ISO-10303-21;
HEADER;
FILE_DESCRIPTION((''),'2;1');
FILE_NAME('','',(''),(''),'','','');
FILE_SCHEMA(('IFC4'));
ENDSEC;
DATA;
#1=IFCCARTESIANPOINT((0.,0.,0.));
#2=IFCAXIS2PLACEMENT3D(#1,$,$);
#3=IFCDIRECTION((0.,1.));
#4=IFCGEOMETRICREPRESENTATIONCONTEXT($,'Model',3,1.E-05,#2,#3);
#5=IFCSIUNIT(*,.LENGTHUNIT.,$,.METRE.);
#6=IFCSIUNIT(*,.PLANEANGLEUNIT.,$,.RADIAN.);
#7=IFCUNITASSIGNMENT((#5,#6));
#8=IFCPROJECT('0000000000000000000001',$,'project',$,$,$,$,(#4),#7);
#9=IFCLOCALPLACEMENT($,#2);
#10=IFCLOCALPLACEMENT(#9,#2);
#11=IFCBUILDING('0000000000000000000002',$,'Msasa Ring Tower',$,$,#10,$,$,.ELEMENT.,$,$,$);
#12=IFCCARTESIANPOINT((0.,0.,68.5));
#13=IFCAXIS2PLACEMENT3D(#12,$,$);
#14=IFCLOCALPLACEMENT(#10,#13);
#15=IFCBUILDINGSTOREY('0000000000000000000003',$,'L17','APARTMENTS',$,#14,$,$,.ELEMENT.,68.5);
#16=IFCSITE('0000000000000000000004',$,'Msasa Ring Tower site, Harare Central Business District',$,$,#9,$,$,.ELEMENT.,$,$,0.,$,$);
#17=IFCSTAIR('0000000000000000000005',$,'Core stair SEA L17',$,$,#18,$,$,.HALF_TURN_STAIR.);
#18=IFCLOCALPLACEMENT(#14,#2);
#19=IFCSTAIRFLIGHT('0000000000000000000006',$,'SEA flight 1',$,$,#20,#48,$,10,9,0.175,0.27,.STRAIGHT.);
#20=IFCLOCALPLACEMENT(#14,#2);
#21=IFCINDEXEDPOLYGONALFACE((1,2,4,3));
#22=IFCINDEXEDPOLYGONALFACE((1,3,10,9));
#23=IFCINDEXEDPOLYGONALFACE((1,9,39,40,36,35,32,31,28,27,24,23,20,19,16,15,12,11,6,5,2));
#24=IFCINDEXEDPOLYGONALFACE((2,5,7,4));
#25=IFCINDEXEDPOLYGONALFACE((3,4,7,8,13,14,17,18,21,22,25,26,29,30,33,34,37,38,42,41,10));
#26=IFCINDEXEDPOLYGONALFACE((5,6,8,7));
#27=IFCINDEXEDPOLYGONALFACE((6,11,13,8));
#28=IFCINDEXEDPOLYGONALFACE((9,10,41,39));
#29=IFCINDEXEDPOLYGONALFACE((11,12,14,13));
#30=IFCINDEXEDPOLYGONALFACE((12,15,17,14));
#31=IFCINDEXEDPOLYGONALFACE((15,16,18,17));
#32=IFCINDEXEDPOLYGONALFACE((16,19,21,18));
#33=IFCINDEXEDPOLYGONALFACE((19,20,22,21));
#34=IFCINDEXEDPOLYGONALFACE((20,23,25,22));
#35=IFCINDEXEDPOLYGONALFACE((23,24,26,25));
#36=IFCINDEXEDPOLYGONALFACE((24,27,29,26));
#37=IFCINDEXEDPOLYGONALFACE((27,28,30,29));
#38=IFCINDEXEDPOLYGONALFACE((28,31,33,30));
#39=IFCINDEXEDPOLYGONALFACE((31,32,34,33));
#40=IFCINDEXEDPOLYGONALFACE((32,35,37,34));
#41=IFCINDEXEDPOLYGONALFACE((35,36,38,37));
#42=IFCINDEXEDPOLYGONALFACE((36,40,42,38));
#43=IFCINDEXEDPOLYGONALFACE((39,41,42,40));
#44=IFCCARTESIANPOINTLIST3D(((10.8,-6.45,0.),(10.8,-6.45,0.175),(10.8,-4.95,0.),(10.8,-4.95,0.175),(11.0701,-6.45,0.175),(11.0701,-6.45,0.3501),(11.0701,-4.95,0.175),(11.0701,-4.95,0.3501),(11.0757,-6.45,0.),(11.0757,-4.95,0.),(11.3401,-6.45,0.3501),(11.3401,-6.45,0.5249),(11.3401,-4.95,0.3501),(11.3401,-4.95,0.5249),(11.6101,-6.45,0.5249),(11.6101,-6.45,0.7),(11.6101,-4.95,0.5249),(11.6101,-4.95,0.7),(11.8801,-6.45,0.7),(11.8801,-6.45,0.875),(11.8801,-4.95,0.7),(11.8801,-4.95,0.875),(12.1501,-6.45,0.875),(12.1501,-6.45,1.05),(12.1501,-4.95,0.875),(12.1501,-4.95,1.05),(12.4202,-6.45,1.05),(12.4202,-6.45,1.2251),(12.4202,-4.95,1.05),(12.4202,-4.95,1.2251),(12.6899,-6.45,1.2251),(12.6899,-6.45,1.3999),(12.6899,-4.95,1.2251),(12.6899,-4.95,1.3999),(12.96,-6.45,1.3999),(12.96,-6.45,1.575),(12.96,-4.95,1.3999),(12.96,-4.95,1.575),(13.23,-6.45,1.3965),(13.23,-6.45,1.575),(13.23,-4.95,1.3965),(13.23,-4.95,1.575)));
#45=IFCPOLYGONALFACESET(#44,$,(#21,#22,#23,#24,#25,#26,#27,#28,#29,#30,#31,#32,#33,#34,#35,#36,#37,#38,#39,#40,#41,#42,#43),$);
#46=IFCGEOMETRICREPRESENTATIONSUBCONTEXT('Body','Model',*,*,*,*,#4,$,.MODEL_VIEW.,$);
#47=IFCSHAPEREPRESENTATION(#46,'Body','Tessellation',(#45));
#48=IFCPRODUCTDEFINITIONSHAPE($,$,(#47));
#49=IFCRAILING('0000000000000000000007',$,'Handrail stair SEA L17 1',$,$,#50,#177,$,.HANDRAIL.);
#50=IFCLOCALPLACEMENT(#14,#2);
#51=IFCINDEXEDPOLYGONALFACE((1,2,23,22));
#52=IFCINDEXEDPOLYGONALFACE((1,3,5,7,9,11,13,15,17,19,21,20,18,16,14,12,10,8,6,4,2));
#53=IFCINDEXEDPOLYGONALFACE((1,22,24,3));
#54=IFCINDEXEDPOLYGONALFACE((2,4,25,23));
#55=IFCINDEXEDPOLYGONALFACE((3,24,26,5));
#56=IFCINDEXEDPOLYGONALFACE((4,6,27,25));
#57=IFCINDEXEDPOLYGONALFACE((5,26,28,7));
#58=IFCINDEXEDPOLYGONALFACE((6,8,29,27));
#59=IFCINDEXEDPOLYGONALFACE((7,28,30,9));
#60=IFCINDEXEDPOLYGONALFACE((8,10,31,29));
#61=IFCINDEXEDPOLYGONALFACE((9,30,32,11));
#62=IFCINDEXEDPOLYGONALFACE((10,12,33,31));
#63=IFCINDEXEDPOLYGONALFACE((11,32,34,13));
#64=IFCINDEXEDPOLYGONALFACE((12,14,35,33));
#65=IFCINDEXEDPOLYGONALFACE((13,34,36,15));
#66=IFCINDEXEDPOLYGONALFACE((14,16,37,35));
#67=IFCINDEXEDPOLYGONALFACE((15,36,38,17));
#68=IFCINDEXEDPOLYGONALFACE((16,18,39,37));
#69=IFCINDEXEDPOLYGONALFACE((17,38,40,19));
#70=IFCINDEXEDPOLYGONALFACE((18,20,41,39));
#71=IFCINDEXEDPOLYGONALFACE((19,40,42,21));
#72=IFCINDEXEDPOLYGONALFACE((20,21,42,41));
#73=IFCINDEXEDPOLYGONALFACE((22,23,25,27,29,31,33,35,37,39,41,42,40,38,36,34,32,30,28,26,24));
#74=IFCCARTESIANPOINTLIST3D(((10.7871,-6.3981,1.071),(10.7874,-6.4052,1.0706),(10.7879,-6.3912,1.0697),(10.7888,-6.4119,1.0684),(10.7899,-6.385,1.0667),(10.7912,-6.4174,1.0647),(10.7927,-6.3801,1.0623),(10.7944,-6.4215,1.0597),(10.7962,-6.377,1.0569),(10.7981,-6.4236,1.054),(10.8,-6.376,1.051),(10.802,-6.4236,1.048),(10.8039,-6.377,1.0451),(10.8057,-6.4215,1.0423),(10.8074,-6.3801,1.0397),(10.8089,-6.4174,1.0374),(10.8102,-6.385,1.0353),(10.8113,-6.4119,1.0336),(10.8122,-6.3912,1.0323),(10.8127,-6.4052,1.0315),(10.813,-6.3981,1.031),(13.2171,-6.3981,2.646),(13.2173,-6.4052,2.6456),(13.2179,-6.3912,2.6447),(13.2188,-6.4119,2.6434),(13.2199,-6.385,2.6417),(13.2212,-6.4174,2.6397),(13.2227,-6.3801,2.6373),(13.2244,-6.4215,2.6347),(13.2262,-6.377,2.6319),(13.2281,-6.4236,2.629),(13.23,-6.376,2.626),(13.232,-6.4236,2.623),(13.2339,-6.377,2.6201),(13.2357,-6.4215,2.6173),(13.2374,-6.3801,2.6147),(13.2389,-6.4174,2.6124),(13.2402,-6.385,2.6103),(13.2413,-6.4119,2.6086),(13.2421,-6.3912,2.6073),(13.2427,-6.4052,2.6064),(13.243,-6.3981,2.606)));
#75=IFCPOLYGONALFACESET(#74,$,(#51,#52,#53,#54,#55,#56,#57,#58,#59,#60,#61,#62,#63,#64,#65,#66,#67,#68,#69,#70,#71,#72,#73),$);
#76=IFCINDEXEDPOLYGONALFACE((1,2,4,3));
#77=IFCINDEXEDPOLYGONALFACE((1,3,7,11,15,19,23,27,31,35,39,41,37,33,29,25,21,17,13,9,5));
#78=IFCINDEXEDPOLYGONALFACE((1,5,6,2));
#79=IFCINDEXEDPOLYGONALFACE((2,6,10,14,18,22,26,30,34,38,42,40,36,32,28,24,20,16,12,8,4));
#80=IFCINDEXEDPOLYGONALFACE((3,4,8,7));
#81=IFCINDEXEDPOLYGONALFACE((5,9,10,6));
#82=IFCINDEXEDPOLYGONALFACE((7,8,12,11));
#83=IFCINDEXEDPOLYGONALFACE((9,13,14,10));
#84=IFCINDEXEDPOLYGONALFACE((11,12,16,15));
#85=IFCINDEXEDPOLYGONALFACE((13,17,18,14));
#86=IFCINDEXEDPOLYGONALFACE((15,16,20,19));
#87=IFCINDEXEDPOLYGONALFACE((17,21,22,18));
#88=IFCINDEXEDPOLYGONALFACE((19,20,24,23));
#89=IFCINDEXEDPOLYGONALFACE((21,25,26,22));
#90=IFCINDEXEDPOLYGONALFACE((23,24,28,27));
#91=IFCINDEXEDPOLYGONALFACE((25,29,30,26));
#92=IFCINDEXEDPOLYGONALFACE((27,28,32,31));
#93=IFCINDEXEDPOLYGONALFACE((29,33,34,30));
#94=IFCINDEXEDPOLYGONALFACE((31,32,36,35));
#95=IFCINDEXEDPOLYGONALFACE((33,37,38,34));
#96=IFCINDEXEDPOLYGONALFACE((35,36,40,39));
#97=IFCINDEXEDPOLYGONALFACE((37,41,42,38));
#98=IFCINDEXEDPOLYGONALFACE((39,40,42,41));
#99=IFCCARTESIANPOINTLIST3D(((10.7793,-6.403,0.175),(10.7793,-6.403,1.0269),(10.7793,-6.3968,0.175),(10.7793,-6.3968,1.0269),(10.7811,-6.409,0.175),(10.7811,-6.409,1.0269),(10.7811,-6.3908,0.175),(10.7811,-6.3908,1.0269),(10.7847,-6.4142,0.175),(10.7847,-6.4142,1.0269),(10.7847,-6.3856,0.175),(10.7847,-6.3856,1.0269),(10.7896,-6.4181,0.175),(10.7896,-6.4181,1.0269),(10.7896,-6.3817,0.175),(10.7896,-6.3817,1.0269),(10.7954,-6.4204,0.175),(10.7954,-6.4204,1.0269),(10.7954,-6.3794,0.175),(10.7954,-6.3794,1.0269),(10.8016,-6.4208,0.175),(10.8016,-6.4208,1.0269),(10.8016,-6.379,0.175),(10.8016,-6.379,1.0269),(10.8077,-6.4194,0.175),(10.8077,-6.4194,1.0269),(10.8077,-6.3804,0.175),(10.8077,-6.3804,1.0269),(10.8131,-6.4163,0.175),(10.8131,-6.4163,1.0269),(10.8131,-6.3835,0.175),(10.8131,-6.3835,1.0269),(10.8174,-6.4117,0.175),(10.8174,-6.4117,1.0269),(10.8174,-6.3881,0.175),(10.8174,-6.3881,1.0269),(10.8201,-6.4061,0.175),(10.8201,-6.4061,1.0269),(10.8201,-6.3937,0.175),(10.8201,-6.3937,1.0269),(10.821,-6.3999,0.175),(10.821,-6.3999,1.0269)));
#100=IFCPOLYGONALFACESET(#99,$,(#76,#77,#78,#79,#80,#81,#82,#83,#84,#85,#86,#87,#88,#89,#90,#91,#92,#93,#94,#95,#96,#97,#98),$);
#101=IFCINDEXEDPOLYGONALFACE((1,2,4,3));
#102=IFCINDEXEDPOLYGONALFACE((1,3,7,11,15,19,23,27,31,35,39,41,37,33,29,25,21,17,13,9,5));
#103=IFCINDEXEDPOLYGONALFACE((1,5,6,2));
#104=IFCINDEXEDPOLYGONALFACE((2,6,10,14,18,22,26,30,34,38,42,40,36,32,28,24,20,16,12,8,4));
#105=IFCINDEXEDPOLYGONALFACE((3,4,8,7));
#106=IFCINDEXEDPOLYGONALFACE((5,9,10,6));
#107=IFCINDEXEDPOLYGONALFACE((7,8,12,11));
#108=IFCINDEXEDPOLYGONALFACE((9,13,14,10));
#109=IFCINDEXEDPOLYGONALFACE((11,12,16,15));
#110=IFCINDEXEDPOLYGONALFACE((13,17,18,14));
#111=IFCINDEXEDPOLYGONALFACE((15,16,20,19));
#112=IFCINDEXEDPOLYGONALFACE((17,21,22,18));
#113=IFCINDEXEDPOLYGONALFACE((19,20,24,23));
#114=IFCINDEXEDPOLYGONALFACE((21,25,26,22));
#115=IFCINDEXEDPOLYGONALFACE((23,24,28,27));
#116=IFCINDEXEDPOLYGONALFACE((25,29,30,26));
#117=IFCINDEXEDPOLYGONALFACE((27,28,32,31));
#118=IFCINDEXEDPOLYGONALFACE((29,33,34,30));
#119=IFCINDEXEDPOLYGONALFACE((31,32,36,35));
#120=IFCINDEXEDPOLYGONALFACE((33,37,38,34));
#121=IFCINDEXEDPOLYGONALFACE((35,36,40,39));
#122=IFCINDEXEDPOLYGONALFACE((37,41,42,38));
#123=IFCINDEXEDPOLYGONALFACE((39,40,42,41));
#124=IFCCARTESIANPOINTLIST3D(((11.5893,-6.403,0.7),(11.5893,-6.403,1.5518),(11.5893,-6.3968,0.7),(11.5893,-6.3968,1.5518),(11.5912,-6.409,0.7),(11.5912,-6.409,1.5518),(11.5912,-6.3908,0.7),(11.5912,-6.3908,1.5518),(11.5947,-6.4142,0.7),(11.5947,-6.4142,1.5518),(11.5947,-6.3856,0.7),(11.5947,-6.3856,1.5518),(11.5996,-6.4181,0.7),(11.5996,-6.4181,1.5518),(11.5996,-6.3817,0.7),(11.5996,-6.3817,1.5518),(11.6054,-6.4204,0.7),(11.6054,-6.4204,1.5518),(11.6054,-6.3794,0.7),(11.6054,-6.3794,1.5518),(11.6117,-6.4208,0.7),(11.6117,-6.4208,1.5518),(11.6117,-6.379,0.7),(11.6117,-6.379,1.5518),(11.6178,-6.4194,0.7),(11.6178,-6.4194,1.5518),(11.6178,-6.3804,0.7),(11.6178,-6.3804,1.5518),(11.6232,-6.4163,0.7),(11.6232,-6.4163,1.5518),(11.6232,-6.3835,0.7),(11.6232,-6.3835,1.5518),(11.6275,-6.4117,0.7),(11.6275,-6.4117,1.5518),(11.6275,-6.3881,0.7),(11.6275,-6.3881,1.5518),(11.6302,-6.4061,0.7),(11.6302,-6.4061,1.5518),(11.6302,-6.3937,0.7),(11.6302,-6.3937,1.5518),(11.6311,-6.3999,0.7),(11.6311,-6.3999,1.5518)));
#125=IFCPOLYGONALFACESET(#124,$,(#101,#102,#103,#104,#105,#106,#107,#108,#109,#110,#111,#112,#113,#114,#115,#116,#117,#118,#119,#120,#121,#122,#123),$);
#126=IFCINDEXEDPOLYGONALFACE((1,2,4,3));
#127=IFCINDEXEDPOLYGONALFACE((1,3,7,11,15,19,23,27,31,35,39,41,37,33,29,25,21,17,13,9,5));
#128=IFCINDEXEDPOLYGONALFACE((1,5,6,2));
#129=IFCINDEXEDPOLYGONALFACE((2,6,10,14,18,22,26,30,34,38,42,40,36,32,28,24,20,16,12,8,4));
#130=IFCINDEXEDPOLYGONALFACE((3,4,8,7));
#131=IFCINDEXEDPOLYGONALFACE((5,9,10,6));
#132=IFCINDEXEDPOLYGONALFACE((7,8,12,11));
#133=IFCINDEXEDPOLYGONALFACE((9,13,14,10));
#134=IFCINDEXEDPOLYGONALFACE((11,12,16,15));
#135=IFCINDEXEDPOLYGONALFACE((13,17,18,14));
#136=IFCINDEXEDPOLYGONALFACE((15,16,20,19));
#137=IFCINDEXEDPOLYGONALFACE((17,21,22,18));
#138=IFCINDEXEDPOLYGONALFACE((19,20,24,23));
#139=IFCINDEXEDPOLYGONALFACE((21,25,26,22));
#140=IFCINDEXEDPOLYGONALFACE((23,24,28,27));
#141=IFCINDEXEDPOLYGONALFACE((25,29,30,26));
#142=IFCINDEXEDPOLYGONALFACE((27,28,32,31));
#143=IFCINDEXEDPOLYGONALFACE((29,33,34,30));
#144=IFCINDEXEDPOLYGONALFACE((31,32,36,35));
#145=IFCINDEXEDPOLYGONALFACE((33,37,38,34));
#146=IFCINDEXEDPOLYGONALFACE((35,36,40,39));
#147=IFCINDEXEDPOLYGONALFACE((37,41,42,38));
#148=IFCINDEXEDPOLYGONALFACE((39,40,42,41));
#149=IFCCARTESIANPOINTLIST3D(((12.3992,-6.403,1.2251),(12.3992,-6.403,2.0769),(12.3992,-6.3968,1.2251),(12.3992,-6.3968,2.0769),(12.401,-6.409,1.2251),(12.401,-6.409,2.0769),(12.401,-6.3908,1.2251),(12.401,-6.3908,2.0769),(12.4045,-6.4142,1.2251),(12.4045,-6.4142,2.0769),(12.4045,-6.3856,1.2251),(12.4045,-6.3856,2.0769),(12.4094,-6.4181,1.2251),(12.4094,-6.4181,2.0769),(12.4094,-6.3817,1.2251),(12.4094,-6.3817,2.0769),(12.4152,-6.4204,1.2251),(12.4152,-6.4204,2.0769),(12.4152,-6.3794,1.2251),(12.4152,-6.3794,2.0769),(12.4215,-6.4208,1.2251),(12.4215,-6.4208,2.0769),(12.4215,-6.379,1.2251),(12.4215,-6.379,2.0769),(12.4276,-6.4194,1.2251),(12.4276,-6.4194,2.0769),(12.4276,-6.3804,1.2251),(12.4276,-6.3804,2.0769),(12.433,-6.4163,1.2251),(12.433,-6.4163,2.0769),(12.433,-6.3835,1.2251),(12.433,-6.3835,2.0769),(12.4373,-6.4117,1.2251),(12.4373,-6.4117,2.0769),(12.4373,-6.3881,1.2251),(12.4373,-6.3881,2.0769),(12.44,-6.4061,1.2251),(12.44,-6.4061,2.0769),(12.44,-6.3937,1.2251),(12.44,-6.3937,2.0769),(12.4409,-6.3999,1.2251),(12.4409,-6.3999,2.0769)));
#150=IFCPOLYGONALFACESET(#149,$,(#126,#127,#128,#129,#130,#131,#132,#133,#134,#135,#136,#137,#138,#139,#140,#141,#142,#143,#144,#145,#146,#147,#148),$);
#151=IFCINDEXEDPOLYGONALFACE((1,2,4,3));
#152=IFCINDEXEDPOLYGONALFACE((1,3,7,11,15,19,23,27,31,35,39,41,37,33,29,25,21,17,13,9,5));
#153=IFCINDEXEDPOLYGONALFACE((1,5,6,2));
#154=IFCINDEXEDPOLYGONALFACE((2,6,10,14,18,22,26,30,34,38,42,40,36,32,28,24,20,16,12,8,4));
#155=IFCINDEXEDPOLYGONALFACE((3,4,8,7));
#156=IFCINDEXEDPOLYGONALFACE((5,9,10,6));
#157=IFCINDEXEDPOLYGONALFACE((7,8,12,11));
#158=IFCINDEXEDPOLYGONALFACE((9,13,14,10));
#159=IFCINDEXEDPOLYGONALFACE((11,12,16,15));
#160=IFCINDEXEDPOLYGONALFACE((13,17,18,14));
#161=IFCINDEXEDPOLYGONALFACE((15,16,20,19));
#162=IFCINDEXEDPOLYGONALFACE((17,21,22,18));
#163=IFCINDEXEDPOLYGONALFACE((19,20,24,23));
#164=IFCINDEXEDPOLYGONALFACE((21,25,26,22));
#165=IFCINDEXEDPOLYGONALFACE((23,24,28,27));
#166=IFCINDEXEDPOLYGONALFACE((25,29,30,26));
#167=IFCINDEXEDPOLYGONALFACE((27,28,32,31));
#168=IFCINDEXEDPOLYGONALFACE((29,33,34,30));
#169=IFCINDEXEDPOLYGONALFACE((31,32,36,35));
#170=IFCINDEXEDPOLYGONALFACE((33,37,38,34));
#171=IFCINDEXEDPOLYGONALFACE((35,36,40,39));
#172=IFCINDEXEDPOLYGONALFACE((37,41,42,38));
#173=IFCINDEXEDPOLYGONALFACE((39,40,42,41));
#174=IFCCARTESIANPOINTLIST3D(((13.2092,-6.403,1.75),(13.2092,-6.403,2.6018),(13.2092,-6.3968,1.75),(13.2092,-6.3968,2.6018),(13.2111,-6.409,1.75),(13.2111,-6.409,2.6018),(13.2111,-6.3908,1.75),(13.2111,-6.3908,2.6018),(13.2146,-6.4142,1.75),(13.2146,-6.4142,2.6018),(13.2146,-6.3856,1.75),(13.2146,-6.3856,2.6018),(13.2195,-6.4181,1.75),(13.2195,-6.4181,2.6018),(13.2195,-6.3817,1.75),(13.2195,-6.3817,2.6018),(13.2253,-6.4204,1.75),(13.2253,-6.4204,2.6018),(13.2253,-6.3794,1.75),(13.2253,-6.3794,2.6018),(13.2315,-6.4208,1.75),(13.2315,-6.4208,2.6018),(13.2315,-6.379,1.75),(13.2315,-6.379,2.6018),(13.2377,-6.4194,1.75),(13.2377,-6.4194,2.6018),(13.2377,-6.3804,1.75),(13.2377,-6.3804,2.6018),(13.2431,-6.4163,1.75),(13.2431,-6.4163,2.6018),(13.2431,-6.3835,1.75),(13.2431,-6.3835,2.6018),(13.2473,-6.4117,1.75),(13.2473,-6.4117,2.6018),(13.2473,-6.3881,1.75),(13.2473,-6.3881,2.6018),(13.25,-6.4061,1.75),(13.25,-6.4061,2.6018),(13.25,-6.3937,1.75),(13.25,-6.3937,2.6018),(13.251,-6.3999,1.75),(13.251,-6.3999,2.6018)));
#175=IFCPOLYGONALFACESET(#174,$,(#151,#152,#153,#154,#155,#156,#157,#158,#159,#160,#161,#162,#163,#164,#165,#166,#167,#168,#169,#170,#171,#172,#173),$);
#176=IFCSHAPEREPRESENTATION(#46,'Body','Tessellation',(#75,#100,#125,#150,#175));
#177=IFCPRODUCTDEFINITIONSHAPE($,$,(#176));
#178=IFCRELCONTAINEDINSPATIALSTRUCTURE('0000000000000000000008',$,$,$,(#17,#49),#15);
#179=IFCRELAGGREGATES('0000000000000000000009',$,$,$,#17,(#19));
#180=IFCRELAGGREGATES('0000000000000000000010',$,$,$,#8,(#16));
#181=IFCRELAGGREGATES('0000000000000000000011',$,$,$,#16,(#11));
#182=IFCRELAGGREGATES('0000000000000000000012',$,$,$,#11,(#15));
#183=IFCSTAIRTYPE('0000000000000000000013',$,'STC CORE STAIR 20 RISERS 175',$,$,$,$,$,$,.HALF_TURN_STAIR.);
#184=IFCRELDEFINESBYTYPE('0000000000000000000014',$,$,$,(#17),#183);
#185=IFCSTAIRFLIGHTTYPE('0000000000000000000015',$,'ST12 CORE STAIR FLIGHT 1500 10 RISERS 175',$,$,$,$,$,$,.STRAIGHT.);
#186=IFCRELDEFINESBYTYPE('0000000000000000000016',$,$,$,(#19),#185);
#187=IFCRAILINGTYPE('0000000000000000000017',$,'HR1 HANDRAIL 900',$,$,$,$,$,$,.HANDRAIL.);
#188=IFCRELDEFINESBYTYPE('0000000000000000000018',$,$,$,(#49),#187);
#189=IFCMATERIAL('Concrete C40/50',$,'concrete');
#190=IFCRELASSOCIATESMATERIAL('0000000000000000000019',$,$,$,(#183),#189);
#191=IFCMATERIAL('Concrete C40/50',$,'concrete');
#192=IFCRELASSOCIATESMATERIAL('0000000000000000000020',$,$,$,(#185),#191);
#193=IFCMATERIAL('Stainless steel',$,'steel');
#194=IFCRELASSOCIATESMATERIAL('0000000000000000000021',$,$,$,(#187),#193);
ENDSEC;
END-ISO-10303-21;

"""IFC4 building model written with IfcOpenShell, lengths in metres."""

from ifc_helpers import new_model, si_unit, direction, frame, origin, origin_2d, place, context, subcontext, project, spatial, polyline, circle, outline, extrude, material, type_object, element, aggregate, save


model = new_model("IFC4")

# Units and contexts
model_context = context("Model", 3, precision=1e-05, world=origin(), true_north=direction((0.0, 1.0)))
body_context = subcontext(model_context, "Body", "Model", "MODEL_VIEW")
ifc_project = project(units=[si_unit("LENGTHUNIT", "METRE"), si_unit("PLANEANGLEUNIT", "RADIAN")], contexts=[model_context])

# Site, building, storey
site_placement = place(None, origin())
site = spatial("IfcSite", under=ifc_project, at=site_placement, Name="Msasa Ring Tower site, Harare Central Business District", CompositionType="ELEMENT", RefElevation=0.0)
building_placement = place(site_placement, origin())
building = spatial("IfcBuilding", under=site, at=building_placement, Name="Msasa Ring Tower", CompositionType="ELEMENT")
storey_placement = place(building_placement, frame((0.0, 0.0, 68.5)))
storey = spatial("IfcBuildingStorey", under=building, at=storey_placement, Name="L17", Description="APARTMENTS", CompositionType="ELEMENT", Elevation=68.5)

# Stair, stair flight
ifc_material_1 = material(Name="Concrete C40/50", Category="concrete")
stair_type = type_object("IfcStairType", Name="STC CORE STAIR 20 RISERS 175", PredefinedType="HALF_TURN_STAIR", material=ifc_material_1)
stair_placement = place(storey_placement, origin())
stair = element("IfcStair", 1, at=stair_placement, inside=storey, type_object=stair_type, Name="Core stair SEA L17", PredefinedType="HALF_TURN_STAIR")
ifc_material_2 = material(Name="Concrete C40/50", Category="concrete")
stair_flight_type = type_object("IfcStairFlightType", Name="ST12 CORE STAIR FLIGHT 1500 10 RISERS 175", PredefinedType="STRAIGHT", material=ifc_material_2)
stair_flight_placement = place(storey_placement, frame((10.8, -5.7, 0.0), z_axis=(0.0, 0.0, 1.0), x_axis=(1.0, 0.0, 0.0)))
stair_flight = element("IfcStairFlight", 2, at=stair_flight_placement, type_object=stair_flight_type, Name="SEA flight 1", NumberOfRisers=10, NumberOfTreads=9, PredefinedType="STRAIGHT", RiserHeight=0.175, TreadLength=0.27, context=body_context, shape_type="SweptSolid", body=[
    extrude(outline(polyline([(0.0, 0.0), (0.0, 0.175), (0.27, 0.175), (0.27, 0.3501), (0.54, 0.3501), (0.54, 0.5249), (0.8101, 0.5249), (0.8101, 0.7), (1.0801, 0.7), (1.0801, 0.875), (1.3501, 0.875), (1.3501, 1.05), (1.6201, 1.05), (1.6201, 1.2251), (1.8899, 1.2251), (1.8899, 1.3999), (2.1599, 1.3999), (2.1599, 1.575), (2.4299, 1.575), (2.4299, 1.75), (2.4299, 1.3965), (0.2756, 0.0), (0.0, 0.0)])), frame((0.0, 0.75, 0.0), z_axis=(0.0, -1.0, 0.0), x_axis=(1.0, 0.0, 0.0)), (0.0, 0.0, 1.0), 1.5),
])
aggregate(stair, [stair_flight])

# Railing
ifc_material_3 = material(Name="Stainless steel", Category="steel")
railing_type = type_object("IfcRailingType", Name="HR1 HANDRAIL 900", PredefinedType="HANDRAIL", material=ifc_material_3)
for number, where, name in (
    (3, (10.8, -6.3999, 0.175), "Handrail stair SEA L17 1"),
):
    element("IfcRailing", number, at=place(storey_placement, frame(where)), inside=storey, type_object=railing_type, Name=name, PredefinedType="HANDRAIL", context=body_context, shape_type="SweptSolid", body=[
        extrude(circle(Radius=0.0239, at=origin_2d()), frame((0.0, 0.0, 0.876), z_axis=(0.839154, 0.0, 0.543894), x_axis=(0.0, 1.0, 0.0)), (0.0, 0.0, 1.0), 2.8958),
        extrude(circle(Radius=0.021, at=origin_2d()), origin(), (0.0, 0.0, 1.0), 0.8518),
        extrude(circle(Radius=0.021, at=origin_2d()), frame((0.8101, 0.0, 0.5249)), (0.0, 0.0, 1.0), 0.8518),
        extrude(circle(Radius=0.021, at=origin_2d()), frame((1.6199, 0.0, 1.05)), (0.0, 0.0, 1.0), 0.8518),
        extrude(circle(Radius=0.021, at=origin_2d()), frame((2.4299, 0.0, 1.575)), (0.0, 0.0, 1.0), 0.8518),
    ])

save(model, "model.ifc")
